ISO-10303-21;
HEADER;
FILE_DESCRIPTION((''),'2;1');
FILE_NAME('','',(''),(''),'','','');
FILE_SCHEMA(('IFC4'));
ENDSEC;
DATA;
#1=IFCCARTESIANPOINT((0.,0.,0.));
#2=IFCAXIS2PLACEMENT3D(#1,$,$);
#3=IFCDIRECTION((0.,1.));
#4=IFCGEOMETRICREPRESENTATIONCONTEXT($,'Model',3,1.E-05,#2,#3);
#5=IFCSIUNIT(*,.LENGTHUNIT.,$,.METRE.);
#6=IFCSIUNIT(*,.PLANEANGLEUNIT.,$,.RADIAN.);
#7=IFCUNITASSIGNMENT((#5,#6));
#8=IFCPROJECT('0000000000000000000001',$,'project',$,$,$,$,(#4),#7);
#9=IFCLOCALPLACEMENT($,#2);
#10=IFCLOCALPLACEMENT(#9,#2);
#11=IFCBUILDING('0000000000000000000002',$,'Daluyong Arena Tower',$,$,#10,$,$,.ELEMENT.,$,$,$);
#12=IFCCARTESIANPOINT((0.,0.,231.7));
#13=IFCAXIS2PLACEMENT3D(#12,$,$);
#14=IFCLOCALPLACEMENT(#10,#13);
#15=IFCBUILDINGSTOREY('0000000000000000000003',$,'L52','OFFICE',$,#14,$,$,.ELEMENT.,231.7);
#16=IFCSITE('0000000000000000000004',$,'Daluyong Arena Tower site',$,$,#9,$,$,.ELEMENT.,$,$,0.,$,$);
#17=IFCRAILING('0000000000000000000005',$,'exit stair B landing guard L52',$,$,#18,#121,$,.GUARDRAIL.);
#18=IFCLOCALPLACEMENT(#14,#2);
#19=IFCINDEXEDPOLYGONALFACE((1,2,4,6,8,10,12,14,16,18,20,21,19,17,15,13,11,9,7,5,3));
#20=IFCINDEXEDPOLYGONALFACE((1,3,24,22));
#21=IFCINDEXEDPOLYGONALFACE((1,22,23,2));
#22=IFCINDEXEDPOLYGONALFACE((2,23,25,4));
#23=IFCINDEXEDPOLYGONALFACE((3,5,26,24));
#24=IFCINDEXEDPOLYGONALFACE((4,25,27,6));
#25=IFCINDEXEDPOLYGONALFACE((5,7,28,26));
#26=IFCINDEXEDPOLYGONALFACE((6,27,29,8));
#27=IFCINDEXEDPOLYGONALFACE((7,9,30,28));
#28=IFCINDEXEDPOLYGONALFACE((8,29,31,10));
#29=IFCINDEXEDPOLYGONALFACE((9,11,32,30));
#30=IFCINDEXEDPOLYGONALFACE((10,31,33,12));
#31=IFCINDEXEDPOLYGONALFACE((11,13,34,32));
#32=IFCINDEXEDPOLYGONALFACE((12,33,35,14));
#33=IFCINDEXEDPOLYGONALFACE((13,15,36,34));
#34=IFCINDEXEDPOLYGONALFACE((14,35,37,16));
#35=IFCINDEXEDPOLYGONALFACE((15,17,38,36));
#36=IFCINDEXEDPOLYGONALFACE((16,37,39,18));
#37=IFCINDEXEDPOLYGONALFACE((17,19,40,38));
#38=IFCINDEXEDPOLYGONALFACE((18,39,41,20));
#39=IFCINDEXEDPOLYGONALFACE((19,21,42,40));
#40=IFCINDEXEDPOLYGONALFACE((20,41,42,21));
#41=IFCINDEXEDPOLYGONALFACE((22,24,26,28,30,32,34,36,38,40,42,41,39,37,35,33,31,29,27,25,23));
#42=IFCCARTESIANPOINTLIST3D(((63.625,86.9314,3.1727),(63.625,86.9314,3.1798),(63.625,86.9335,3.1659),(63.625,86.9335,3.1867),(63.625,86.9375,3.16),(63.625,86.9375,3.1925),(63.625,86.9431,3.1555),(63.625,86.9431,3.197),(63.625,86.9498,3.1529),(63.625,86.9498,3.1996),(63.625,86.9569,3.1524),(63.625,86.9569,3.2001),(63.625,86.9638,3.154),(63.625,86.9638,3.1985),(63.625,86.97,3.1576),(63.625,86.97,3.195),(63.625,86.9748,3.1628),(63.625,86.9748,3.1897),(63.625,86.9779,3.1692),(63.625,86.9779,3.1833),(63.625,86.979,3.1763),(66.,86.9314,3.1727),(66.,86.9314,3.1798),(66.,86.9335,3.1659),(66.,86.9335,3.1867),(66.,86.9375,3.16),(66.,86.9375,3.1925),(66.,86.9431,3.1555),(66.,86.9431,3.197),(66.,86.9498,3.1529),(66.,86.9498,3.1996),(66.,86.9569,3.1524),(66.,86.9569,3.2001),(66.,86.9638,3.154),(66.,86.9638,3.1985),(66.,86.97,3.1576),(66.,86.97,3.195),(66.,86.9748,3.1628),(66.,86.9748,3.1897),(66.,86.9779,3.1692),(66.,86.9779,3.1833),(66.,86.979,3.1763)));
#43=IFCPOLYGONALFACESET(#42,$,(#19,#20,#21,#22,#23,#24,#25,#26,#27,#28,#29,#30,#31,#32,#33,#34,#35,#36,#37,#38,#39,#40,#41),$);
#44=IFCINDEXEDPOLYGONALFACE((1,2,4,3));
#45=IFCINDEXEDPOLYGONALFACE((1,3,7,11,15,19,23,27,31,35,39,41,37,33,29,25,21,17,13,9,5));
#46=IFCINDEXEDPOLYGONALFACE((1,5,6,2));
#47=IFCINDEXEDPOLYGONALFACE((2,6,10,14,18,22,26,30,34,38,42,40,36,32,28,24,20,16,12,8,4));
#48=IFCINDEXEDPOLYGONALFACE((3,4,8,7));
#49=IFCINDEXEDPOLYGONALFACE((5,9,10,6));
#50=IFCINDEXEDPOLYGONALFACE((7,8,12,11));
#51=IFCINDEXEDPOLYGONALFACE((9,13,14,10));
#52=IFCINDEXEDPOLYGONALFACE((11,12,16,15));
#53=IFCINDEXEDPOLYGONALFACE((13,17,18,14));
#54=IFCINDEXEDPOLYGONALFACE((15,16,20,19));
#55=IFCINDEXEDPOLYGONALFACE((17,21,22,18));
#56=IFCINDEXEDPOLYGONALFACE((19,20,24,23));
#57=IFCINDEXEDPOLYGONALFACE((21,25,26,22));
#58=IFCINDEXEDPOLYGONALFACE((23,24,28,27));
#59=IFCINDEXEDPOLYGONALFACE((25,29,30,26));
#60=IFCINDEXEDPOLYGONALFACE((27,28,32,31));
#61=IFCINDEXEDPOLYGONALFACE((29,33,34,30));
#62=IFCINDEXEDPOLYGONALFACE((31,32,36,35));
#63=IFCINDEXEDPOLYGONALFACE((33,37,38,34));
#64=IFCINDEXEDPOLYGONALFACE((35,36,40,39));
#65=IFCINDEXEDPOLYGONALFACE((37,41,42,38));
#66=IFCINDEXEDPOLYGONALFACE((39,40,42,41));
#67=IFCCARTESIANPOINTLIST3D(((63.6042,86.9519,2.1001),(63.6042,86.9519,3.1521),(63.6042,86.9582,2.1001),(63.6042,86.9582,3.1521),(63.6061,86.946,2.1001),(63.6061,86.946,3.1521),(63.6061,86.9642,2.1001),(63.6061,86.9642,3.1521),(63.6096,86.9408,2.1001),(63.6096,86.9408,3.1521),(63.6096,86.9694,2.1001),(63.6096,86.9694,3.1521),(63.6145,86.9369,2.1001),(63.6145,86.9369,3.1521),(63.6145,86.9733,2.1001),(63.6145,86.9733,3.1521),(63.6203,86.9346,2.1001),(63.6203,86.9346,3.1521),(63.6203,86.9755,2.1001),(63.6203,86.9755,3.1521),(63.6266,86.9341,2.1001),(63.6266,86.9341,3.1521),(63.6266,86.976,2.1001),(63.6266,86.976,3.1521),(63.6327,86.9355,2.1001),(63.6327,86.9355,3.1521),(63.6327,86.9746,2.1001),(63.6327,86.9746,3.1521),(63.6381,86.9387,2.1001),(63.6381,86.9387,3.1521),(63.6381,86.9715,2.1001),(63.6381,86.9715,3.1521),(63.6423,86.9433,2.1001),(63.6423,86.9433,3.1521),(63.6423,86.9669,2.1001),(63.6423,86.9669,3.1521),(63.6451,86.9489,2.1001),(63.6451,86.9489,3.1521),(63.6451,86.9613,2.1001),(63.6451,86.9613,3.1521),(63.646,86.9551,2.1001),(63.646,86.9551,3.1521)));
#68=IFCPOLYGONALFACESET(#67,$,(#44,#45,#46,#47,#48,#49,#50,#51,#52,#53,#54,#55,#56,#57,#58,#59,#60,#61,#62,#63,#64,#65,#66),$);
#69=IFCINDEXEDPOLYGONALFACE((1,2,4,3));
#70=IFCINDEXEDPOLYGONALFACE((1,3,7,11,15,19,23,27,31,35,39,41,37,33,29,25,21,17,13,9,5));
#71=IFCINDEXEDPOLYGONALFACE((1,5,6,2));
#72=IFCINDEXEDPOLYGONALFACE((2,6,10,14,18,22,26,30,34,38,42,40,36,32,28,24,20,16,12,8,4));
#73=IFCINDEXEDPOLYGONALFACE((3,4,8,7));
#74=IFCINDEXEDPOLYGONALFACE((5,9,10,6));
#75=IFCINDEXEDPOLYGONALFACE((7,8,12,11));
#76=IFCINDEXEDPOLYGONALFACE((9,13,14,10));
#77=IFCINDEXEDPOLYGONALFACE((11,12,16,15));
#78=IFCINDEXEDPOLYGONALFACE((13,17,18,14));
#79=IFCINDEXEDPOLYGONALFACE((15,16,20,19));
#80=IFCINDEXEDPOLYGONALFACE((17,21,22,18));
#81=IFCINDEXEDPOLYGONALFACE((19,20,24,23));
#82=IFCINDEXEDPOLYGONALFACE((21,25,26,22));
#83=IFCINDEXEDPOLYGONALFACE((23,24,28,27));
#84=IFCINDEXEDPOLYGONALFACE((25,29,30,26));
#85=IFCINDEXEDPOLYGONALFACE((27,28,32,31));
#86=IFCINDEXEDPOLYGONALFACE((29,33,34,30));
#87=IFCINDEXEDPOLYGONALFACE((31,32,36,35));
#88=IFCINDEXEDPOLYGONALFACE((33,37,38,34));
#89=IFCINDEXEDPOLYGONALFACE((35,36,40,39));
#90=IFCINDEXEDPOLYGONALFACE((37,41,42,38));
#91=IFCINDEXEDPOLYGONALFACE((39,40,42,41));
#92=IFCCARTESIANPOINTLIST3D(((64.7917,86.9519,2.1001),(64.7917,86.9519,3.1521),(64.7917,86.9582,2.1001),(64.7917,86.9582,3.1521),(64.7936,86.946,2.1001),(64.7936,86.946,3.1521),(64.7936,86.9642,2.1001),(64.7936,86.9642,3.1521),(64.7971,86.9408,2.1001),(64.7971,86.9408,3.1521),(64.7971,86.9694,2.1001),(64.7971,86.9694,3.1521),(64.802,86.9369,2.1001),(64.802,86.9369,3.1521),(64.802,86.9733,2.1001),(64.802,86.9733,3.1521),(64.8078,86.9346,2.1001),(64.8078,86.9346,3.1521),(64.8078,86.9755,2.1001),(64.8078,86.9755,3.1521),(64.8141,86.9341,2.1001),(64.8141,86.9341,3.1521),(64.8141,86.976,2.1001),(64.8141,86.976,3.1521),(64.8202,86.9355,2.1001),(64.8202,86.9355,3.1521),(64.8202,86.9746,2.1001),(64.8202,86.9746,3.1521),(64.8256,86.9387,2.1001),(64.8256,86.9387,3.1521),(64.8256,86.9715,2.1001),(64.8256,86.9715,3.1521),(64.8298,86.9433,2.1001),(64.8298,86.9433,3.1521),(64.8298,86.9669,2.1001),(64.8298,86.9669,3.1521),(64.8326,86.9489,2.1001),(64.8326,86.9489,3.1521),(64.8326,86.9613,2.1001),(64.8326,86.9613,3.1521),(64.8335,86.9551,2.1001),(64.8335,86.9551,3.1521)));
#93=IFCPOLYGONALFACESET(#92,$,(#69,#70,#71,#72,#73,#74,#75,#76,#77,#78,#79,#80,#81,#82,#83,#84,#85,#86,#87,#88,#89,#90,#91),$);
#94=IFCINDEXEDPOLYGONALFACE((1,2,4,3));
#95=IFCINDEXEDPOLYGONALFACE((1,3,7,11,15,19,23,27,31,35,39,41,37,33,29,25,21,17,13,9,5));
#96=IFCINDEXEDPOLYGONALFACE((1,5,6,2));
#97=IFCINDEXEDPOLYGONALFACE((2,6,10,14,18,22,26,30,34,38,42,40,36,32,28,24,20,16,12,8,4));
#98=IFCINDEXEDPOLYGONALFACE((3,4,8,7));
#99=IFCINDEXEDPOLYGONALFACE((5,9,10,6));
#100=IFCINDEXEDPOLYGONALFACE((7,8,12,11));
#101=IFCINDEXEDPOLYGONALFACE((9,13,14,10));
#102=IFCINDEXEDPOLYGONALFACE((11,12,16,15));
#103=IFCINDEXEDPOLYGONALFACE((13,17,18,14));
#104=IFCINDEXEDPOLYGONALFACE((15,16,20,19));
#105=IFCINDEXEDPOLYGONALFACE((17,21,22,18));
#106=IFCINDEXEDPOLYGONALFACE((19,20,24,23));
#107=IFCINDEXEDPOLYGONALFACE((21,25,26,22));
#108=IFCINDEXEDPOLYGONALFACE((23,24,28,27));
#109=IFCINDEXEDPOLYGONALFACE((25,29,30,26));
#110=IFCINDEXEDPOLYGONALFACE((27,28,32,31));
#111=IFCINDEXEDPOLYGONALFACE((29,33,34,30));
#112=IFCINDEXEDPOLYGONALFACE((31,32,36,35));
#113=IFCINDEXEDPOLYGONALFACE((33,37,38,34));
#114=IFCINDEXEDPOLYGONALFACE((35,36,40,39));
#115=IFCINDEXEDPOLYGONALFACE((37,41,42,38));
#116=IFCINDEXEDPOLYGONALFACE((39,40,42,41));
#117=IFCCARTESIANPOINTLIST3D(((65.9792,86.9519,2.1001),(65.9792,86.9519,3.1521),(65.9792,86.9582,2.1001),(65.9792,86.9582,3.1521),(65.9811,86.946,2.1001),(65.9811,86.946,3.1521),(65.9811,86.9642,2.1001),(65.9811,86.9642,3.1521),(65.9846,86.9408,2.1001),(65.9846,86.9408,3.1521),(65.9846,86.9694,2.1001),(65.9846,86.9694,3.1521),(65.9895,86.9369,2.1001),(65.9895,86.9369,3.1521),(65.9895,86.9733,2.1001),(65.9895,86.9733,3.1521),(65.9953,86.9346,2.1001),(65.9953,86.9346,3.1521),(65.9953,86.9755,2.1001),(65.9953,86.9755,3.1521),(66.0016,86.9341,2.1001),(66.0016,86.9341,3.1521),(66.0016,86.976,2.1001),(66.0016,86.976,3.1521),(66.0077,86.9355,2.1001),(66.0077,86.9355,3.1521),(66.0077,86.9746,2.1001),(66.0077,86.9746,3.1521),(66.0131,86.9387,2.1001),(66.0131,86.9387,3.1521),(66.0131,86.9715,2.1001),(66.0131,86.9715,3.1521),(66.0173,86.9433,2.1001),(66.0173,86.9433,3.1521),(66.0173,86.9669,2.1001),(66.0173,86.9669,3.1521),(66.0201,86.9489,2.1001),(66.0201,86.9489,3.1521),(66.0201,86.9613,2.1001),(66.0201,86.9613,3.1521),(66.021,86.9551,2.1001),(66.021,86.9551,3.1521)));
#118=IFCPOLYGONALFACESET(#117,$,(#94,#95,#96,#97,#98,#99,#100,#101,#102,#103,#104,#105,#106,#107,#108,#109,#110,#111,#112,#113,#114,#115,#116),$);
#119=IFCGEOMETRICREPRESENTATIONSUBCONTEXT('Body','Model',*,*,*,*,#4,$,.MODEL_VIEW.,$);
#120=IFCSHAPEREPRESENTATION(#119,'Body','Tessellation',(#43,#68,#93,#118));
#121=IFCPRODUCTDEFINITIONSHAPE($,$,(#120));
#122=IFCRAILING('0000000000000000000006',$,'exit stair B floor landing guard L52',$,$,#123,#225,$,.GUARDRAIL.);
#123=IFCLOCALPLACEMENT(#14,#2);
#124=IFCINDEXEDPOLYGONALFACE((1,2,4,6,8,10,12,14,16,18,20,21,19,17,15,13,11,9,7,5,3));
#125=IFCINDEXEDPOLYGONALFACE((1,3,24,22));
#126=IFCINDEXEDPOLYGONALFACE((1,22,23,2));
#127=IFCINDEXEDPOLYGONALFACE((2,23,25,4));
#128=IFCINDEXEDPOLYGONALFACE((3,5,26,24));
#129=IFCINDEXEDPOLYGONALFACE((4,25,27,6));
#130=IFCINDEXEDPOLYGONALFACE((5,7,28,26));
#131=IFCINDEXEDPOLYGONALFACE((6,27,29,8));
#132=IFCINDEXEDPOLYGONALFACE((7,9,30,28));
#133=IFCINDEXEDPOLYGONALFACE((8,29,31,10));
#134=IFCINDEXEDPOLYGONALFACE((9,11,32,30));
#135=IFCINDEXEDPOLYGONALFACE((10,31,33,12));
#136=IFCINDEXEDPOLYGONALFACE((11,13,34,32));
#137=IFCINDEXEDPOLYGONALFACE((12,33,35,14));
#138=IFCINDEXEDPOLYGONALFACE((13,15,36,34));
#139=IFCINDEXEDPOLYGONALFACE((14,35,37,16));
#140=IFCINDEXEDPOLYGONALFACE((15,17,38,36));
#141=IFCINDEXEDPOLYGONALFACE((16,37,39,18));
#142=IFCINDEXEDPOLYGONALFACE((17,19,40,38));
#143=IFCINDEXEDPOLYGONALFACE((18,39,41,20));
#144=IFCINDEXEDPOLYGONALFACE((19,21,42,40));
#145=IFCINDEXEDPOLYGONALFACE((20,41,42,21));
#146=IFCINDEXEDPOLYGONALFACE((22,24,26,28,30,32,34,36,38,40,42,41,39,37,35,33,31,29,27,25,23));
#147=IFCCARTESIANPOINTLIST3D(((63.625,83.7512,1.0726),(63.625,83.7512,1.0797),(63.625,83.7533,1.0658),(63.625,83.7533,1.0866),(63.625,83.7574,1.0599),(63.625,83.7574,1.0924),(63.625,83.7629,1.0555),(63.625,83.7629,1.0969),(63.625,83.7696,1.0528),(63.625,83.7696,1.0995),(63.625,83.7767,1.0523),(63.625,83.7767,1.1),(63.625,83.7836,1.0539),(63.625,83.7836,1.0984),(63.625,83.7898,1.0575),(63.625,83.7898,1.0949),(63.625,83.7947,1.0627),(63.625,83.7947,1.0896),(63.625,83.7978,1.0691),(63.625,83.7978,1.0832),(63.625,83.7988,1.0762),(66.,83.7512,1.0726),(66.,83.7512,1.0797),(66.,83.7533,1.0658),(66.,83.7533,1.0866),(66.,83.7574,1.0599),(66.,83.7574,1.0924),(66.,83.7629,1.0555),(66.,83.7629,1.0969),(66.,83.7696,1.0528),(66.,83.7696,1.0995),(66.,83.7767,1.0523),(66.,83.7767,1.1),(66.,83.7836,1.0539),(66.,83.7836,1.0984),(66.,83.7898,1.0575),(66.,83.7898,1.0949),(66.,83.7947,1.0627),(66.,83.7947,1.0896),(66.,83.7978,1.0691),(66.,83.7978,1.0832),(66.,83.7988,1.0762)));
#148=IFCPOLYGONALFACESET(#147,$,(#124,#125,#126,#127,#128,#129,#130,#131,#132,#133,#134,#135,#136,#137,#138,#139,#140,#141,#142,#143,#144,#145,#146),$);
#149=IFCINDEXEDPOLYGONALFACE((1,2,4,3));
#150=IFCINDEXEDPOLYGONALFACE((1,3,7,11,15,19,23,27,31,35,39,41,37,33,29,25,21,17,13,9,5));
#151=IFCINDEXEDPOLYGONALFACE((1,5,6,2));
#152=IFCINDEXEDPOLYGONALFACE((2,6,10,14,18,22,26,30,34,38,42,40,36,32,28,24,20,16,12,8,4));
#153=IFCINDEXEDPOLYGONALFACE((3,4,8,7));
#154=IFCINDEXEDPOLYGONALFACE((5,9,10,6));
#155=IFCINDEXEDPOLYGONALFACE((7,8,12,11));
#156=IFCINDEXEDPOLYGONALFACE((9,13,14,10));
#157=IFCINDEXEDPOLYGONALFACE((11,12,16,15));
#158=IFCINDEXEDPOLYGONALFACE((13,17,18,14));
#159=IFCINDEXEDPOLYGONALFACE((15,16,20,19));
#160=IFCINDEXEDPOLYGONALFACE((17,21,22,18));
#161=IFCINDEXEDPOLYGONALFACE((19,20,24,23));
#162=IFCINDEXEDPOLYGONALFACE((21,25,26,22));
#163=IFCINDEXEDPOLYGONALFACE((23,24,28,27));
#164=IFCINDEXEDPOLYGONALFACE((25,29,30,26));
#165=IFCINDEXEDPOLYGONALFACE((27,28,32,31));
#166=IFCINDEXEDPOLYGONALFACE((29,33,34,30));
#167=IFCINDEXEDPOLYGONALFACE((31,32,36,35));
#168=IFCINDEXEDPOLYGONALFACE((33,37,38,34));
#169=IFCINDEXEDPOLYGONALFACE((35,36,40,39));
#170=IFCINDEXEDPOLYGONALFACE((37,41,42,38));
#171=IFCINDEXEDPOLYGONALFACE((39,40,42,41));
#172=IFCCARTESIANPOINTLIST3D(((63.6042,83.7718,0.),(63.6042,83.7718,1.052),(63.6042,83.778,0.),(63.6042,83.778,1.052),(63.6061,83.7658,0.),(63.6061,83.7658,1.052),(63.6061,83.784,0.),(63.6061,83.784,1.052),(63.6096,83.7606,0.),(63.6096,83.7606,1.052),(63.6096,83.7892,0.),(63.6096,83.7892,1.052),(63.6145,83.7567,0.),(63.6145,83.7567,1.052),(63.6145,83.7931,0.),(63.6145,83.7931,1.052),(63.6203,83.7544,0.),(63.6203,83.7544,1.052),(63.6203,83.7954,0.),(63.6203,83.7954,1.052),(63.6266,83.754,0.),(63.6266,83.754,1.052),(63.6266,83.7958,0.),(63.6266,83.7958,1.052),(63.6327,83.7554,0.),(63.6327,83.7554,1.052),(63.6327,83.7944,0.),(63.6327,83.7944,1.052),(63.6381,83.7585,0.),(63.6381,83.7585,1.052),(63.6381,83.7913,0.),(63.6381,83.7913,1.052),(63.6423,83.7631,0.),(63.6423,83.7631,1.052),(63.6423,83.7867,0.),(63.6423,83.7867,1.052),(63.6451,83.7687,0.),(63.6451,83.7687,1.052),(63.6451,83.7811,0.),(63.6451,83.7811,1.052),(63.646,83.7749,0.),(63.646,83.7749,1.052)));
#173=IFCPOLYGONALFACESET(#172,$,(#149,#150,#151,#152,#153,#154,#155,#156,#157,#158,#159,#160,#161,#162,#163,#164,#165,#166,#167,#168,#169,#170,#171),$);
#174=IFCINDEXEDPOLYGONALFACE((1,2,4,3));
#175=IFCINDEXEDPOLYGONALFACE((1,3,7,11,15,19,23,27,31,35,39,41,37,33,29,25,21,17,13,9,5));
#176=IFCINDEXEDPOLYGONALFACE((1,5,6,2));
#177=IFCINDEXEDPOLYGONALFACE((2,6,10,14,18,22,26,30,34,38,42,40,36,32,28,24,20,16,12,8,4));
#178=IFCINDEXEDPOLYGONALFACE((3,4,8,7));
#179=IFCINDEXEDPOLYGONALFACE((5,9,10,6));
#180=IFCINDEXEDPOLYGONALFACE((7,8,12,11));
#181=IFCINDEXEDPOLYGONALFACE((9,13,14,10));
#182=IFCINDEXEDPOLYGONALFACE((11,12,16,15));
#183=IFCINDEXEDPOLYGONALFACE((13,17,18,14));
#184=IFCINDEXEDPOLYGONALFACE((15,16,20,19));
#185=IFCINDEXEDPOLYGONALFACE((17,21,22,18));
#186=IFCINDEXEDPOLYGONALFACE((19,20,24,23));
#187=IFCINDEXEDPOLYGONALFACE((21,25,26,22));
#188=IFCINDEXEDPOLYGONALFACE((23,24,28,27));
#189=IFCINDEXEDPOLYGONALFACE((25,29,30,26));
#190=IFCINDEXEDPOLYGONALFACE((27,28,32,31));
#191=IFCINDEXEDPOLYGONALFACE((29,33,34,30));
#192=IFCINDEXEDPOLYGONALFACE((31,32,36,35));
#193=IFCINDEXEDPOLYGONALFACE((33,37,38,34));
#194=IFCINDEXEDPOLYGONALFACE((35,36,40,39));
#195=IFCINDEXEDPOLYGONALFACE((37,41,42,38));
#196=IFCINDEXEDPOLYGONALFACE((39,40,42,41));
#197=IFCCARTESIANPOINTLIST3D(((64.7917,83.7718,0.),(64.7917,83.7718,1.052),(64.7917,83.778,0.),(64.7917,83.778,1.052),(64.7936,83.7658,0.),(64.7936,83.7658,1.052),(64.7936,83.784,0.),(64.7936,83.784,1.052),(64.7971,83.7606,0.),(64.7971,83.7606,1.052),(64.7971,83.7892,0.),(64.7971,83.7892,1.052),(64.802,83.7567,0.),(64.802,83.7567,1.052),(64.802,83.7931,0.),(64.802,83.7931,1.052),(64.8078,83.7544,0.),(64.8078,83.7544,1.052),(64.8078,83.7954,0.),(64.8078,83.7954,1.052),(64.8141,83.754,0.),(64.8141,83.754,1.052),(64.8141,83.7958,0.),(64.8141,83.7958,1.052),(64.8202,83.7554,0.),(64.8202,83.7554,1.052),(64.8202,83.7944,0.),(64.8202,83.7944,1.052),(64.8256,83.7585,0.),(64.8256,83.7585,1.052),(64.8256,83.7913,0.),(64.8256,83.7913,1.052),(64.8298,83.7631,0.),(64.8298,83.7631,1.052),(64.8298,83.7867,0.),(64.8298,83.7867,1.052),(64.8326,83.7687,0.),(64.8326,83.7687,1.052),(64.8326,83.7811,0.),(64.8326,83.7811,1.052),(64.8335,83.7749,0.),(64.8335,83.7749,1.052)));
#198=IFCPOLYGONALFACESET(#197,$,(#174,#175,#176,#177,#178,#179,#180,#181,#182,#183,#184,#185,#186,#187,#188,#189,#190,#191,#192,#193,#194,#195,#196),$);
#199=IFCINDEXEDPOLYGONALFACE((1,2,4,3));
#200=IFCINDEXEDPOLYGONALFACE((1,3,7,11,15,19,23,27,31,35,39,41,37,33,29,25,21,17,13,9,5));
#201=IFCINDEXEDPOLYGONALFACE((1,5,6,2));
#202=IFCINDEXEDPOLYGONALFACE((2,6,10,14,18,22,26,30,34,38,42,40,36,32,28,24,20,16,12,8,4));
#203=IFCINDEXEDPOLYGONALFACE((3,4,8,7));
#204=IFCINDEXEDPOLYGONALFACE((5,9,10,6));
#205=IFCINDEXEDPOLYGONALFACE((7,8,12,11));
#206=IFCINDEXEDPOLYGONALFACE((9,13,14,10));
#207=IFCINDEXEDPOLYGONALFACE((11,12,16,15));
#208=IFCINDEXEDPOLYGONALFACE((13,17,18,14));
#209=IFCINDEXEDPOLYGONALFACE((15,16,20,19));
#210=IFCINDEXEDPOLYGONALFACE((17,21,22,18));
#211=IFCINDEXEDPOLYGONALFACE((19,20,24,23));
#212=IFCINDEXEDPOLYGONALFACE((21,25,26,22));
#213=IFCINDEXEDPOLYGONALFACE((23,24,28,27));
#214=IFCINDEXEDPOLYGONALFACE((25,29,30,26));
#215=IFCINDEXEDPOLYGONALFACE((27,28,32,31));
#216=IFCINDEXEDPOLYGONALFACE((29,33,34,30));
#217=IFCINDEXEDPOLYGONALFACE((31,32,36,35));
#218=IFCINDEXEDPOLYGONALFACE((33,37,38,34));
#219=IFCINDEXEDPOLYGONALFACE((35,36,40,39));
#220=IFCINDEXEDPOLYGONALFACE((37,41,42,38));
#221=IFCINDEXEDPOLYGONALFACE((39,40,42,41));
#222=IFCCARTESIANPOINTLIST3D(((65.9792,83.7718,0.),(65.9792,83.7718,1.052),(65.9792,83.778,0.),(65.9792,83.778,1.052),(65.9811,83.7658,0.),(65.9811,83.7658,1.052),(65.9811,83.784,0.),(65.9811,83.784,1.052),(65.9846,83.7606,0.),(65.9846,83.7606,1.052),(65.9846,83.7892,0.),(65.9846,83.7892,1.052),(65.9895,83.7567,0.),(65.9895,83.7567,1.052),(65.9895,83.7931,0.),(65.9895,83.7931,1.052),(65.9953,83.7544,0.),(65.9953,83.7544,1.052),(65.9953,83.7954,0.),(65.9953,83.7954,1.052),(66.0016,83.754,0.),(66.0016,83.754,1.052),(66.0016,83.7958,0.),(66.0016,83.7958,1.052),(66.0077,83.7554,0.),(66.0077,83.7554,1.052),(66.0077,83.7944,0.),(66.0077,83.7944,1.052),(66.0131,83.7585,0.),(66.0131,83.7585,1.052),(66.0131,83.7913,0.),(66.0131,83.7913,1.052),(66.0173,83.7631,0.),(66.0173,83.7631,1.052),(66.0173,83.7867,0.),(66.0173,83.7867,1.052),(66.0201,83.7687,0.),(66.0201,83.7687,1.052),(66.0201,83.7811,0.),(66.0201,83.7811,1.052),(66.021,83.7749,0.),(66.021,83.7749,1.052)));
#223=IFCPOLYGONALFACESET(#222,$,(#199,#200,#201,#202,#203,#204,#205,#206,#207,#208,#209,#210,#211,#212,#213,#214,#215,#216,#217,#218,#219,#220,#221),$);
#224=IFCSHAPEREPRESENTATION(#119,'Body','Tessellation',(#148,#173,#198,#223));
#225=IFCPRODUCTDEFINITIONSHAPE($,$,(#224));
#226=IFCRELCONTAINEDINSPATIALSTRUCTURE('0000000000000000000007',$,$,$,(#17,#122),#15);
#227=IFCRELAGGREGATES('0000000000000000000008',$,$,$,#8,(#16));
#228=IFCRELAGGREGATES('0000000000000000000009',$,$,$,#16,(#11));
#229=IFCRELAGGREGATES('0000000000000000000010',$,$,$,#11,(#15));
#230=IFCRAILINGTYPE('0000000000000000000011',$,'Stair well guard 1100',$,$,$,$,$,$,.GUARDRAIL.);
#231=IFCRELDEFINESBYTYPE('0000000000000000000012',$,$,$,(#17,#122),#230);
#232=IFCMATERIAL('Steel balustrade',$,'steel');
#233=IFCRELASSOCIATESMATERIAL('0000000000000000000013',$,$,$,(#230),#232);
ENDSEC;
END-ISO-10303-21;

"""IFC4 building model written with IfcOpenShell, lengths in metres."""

from ifc_helpers import new_model, si_unit, direction, frame, origin, origin_2d, place, context, subcontext, project, spatial, circle, extrude, material, type_object, element, save


model = new_model("IFC4")

# Units and contexts
model_context = context("Model", 3, precision=1e-05, world=origin(), true_north=direction((0.0, 1.0)))
body_context = subcontext(model_context, "Body", "Model", "MODEL_VIEW")
ifc_project = project(units=[si_unit("LENGTHUNIT", "METRE"), si_unit("PLANEANGLEUNIT", "RADIAN")], contexts=[model_context])

# Site, building, storey
site_placement = place(None, origin())
site = spatial("IfcSite", under=ifc_project, at=site_placement, Name="Daluyong Arena Tower site", CompositionType="ELEMENT", RefElevation=0.0)
building_placement = place(site_placement, origin())
building = spatial("IfcBuilding", under=site, at=building_placement, Name="Daluyong Arena Tower", CompositionType="ELEMENT")
storey_placement = place(building_placement, frame((0.0, 0.0, 231.7)))
storey = spatial("IfcBuildingStorey", under=building, at=storey_placement, Name="L52", Description="OFFICE", CompositionType="ELEMENT", Elevation=231.7)

# Railings
ifc_material_1 = material(Name="Steel balustrade", Category="steel")
railing_type_1 = type_object("IfcRailingType", Name="Stair well guard 1100", PredefinedType="GUARDRAIL", material=ifc_material_1)
for number, where, name in (
    (1, (63.625, 86.9551, 2.1001), "exit stair B landing guard L52"),
    (2, (63.625, 83.7749, 0.0), "exit stair B floor landing guard L52"),
):
    element("IfcRailing", number, at=place(storey_placement, frame(where)), inside=storey, type_object=railing_type_1, Name=name, PredefinedType="GUARDRAIL", context=body_context, shape_type="SweptSolid", body=[
        extrude(circle(Radius=0.0239, at=origin_2d()), frame((0.0, 0.0, 1.0762), z_axis=(1.0, 0.0, 0.0), x_axis=(0.0, 1.0, 0.0)), (0.0, 0.0, 1.0), 2.375),
        extrude(circle(Radius=0.021, at=origin_2d()), origin(), (0.0, 0.0, 1.0), 1.052),
        extrude(circle(Radius=0.021, at=origin_2d()), frame((1.1875, 0.0, 0.0)), (0.0, 0.0, 1.0), 1.052),
        extrude(circle(Radius=0.021, at=origin_2d()), frame((2.375, 0.0, 0.0)), (0.0, 0.0, 1.0), 1.052),
    ])

save(model, "model.ifc")
